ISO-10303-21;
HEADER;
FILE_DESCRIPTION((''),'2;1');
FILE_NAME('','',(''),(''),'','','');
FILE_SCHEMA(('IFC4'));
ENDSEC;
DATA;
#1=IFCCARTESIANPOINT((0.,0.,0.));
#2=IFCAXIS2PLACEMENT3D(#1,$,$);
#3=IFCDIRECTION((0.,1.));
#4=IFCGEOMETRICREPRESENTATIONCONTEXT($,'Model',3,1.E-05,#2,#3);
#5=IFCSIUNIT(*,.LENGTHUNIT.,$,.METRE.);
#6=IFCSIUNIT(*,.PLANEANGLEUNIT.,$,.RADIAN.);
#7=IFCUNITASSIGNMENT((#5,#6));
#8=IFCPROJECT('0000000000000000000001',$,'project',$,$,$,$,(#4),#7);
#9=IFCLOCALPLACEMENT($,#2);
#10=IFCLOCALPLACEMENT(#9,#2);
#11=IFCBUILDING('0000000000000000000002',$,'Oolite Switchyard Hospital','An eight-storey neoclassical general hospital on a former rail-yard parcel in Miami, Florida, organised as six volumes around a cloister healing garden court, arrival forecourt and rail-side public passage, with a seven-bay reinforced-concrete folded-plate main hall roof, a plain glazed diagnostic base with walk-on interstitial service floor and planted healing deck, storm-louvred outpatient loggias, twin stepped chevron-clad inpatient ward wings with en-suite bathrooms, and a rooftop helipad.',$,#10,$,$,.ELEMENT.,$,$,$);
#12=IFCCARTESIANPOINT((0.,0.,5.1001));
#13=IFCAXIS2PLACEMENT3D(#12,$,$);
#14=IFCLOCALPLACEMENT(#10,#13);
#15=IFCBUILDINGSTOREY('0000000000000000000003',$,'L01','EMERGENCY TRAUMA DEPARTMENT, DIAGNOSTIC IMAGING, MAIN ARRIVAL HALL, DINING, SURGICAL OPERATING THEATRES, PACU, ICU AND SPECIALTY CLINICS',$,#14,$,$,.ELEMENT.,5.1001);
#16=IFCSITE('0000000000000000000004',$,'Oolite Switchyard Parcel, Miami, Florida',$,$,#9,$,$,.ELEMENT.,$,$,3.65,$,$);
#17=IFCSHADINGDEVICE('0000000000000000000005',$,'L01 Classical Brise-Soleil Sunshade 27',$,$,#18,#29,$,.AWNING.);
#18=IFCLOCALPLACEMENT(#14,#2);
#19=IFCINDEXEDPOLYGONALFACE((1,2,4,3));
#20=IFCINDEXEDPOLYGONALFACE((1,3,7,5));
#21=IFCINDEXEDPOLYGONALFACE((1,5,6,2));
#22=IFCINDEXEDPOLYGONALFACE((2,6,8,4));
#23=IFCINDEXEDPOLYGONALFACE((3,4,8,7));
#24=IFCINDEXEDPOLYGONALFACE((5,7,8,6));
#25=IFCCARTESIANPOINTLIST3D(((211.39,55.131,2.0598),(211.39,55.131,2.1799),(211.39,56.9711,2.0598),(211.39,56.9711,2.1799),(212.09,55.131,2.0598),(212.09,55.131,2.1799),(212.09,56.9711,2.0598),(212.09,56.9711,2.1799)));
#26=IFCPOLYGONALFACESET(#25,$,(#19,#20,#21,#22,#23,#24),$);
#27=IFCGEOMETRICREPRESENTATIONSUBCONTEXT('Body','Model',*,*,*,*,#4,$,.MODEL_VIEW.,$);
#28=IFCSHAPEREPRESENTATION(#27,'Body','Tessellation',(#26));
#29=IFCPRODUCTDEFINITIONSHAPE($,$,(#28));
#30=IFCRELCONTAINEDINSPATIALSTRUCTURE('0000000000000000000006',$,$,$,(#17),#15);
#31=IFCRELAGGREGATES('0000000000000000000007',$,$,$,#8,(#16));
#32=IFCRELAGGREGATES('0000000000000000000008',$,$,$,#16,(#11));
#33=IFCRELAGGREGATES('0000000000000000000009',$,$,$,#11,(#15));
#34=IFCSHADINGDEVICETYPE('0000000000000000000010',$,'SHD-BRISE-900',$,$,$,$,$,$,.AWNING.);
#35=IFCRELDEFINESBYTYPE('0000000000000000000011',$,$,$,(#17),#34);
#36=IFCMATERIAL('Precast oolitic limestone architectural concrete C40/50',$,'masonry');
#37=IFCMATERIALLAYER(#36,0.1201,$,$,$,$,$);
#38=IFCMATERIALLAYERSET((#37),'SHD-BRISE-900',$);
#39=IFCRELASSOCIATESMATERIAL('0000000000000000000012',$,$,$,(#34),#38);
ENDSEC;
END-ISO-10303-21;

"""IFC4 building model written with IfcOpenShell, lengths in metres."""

from ifc_helpers import new_model, si_unit, direction, frame, origin, origin_2d, place, context, subcontext, project, spatial, rectangle, extrude, material, layer, layer_set, type_object, element, save


model = new_model("IFC4")

# Units and contexts
model_context = context("Model", 3, precision=1e-05, world=origin(), true_north=direction((0.0, 1.0)))
body_context = subcontext(model_context, "Body", "Model", "MODEL_VIEW")
ifc_project = project(units=[si_unit("LENGTHUNIT", "METRE"), si_unit("PLANEANGLEUNIT", "RADIAN")], contexts=[model_context])

# Site, building, storey
site_placement = place(None, origin())
site = spatial("IfcSite", under=ifc_project, at=site_placement, Name="Oolite Switchyard Parcel, Miami, Florida", CompositionType="ELEMENT", RefElevation=3.65)
building_placement = place(site_placement, origin())
building = spatial("IfcBuilding", under=site, at=building_placement, Name="Oolite Switchyard Hospital", Description="An eight-storey neoclassical general hospital on a former rail-yard parcel in Miami, Florida, organised as six volumes around a cloister healing garden court, arrival forecourt and rail-side public passage, with a seven-bay reinforced-concrete folded-plate main hall roof, a plain glazed diagnostic base with walk-on interstitial service floor and planted healing deck, storm-louvred outpatient loggias, twin stepped chevron-clad inpatient ward wings with en-suite bathrooms, and a rooftop helipad.", CompositionType="ELEMENT")
storey_placement = place(building_placement, frame((0.0, 0.0, 5.1001)))
storey = spatial("IfcBuildingStorey", under=building, at=storey_placement, Name="L01", Description="EMERGENCY TRAUMA DEPARTMENT, DIAGNOSTIC IMAGING, MAIN ARRIVAL HALL, DINING, SURGICAL OPERATING THEATRES, PACU, ICU AND SPECIALTY CLINICS", CompositionType="ELEMENT", Elevation=5.1001)

# Shared definitions
ifc_material_1 = material(Name="Precast oolitic limestone architectural concrete C40/50", Category="masonry")

# Shading device
ifc_layer_1 = layer(ifc_material_1, 0.1201)
ifc_layer_set_1 = layer_set([ifc_layer_1], Name="SHD-BRISE-900")
shading_device_type = type_object("IfcShadingDeviceType", Name="SHD-BRISE-900", PredefinedType="AWNING", material=ifc_layer_set_1)
shading_device_placement = place(storey_placement, frame((211.74, 56.051, 2.0598), z_axis=(0.0, 0.0, 1.0), x_axis=(0.0, 1.0, 0.0)))
element("IfcShadingDevice", 1, at=shading_device_placement, inside=storey, type_object=shading_device_type, Name="L01 Classical Brise-Soleil Sunshade 27", PredefinedType="AWNING", context=body_context, shape_type="SweptSolid", body=[
    extrude(rectangle(XDim=1.8401, YDim=0.7, at=origin_2d()), origin(), (0.0, 0.0, 1.0), 0.1201),
])

save(model, "model.ifc")
